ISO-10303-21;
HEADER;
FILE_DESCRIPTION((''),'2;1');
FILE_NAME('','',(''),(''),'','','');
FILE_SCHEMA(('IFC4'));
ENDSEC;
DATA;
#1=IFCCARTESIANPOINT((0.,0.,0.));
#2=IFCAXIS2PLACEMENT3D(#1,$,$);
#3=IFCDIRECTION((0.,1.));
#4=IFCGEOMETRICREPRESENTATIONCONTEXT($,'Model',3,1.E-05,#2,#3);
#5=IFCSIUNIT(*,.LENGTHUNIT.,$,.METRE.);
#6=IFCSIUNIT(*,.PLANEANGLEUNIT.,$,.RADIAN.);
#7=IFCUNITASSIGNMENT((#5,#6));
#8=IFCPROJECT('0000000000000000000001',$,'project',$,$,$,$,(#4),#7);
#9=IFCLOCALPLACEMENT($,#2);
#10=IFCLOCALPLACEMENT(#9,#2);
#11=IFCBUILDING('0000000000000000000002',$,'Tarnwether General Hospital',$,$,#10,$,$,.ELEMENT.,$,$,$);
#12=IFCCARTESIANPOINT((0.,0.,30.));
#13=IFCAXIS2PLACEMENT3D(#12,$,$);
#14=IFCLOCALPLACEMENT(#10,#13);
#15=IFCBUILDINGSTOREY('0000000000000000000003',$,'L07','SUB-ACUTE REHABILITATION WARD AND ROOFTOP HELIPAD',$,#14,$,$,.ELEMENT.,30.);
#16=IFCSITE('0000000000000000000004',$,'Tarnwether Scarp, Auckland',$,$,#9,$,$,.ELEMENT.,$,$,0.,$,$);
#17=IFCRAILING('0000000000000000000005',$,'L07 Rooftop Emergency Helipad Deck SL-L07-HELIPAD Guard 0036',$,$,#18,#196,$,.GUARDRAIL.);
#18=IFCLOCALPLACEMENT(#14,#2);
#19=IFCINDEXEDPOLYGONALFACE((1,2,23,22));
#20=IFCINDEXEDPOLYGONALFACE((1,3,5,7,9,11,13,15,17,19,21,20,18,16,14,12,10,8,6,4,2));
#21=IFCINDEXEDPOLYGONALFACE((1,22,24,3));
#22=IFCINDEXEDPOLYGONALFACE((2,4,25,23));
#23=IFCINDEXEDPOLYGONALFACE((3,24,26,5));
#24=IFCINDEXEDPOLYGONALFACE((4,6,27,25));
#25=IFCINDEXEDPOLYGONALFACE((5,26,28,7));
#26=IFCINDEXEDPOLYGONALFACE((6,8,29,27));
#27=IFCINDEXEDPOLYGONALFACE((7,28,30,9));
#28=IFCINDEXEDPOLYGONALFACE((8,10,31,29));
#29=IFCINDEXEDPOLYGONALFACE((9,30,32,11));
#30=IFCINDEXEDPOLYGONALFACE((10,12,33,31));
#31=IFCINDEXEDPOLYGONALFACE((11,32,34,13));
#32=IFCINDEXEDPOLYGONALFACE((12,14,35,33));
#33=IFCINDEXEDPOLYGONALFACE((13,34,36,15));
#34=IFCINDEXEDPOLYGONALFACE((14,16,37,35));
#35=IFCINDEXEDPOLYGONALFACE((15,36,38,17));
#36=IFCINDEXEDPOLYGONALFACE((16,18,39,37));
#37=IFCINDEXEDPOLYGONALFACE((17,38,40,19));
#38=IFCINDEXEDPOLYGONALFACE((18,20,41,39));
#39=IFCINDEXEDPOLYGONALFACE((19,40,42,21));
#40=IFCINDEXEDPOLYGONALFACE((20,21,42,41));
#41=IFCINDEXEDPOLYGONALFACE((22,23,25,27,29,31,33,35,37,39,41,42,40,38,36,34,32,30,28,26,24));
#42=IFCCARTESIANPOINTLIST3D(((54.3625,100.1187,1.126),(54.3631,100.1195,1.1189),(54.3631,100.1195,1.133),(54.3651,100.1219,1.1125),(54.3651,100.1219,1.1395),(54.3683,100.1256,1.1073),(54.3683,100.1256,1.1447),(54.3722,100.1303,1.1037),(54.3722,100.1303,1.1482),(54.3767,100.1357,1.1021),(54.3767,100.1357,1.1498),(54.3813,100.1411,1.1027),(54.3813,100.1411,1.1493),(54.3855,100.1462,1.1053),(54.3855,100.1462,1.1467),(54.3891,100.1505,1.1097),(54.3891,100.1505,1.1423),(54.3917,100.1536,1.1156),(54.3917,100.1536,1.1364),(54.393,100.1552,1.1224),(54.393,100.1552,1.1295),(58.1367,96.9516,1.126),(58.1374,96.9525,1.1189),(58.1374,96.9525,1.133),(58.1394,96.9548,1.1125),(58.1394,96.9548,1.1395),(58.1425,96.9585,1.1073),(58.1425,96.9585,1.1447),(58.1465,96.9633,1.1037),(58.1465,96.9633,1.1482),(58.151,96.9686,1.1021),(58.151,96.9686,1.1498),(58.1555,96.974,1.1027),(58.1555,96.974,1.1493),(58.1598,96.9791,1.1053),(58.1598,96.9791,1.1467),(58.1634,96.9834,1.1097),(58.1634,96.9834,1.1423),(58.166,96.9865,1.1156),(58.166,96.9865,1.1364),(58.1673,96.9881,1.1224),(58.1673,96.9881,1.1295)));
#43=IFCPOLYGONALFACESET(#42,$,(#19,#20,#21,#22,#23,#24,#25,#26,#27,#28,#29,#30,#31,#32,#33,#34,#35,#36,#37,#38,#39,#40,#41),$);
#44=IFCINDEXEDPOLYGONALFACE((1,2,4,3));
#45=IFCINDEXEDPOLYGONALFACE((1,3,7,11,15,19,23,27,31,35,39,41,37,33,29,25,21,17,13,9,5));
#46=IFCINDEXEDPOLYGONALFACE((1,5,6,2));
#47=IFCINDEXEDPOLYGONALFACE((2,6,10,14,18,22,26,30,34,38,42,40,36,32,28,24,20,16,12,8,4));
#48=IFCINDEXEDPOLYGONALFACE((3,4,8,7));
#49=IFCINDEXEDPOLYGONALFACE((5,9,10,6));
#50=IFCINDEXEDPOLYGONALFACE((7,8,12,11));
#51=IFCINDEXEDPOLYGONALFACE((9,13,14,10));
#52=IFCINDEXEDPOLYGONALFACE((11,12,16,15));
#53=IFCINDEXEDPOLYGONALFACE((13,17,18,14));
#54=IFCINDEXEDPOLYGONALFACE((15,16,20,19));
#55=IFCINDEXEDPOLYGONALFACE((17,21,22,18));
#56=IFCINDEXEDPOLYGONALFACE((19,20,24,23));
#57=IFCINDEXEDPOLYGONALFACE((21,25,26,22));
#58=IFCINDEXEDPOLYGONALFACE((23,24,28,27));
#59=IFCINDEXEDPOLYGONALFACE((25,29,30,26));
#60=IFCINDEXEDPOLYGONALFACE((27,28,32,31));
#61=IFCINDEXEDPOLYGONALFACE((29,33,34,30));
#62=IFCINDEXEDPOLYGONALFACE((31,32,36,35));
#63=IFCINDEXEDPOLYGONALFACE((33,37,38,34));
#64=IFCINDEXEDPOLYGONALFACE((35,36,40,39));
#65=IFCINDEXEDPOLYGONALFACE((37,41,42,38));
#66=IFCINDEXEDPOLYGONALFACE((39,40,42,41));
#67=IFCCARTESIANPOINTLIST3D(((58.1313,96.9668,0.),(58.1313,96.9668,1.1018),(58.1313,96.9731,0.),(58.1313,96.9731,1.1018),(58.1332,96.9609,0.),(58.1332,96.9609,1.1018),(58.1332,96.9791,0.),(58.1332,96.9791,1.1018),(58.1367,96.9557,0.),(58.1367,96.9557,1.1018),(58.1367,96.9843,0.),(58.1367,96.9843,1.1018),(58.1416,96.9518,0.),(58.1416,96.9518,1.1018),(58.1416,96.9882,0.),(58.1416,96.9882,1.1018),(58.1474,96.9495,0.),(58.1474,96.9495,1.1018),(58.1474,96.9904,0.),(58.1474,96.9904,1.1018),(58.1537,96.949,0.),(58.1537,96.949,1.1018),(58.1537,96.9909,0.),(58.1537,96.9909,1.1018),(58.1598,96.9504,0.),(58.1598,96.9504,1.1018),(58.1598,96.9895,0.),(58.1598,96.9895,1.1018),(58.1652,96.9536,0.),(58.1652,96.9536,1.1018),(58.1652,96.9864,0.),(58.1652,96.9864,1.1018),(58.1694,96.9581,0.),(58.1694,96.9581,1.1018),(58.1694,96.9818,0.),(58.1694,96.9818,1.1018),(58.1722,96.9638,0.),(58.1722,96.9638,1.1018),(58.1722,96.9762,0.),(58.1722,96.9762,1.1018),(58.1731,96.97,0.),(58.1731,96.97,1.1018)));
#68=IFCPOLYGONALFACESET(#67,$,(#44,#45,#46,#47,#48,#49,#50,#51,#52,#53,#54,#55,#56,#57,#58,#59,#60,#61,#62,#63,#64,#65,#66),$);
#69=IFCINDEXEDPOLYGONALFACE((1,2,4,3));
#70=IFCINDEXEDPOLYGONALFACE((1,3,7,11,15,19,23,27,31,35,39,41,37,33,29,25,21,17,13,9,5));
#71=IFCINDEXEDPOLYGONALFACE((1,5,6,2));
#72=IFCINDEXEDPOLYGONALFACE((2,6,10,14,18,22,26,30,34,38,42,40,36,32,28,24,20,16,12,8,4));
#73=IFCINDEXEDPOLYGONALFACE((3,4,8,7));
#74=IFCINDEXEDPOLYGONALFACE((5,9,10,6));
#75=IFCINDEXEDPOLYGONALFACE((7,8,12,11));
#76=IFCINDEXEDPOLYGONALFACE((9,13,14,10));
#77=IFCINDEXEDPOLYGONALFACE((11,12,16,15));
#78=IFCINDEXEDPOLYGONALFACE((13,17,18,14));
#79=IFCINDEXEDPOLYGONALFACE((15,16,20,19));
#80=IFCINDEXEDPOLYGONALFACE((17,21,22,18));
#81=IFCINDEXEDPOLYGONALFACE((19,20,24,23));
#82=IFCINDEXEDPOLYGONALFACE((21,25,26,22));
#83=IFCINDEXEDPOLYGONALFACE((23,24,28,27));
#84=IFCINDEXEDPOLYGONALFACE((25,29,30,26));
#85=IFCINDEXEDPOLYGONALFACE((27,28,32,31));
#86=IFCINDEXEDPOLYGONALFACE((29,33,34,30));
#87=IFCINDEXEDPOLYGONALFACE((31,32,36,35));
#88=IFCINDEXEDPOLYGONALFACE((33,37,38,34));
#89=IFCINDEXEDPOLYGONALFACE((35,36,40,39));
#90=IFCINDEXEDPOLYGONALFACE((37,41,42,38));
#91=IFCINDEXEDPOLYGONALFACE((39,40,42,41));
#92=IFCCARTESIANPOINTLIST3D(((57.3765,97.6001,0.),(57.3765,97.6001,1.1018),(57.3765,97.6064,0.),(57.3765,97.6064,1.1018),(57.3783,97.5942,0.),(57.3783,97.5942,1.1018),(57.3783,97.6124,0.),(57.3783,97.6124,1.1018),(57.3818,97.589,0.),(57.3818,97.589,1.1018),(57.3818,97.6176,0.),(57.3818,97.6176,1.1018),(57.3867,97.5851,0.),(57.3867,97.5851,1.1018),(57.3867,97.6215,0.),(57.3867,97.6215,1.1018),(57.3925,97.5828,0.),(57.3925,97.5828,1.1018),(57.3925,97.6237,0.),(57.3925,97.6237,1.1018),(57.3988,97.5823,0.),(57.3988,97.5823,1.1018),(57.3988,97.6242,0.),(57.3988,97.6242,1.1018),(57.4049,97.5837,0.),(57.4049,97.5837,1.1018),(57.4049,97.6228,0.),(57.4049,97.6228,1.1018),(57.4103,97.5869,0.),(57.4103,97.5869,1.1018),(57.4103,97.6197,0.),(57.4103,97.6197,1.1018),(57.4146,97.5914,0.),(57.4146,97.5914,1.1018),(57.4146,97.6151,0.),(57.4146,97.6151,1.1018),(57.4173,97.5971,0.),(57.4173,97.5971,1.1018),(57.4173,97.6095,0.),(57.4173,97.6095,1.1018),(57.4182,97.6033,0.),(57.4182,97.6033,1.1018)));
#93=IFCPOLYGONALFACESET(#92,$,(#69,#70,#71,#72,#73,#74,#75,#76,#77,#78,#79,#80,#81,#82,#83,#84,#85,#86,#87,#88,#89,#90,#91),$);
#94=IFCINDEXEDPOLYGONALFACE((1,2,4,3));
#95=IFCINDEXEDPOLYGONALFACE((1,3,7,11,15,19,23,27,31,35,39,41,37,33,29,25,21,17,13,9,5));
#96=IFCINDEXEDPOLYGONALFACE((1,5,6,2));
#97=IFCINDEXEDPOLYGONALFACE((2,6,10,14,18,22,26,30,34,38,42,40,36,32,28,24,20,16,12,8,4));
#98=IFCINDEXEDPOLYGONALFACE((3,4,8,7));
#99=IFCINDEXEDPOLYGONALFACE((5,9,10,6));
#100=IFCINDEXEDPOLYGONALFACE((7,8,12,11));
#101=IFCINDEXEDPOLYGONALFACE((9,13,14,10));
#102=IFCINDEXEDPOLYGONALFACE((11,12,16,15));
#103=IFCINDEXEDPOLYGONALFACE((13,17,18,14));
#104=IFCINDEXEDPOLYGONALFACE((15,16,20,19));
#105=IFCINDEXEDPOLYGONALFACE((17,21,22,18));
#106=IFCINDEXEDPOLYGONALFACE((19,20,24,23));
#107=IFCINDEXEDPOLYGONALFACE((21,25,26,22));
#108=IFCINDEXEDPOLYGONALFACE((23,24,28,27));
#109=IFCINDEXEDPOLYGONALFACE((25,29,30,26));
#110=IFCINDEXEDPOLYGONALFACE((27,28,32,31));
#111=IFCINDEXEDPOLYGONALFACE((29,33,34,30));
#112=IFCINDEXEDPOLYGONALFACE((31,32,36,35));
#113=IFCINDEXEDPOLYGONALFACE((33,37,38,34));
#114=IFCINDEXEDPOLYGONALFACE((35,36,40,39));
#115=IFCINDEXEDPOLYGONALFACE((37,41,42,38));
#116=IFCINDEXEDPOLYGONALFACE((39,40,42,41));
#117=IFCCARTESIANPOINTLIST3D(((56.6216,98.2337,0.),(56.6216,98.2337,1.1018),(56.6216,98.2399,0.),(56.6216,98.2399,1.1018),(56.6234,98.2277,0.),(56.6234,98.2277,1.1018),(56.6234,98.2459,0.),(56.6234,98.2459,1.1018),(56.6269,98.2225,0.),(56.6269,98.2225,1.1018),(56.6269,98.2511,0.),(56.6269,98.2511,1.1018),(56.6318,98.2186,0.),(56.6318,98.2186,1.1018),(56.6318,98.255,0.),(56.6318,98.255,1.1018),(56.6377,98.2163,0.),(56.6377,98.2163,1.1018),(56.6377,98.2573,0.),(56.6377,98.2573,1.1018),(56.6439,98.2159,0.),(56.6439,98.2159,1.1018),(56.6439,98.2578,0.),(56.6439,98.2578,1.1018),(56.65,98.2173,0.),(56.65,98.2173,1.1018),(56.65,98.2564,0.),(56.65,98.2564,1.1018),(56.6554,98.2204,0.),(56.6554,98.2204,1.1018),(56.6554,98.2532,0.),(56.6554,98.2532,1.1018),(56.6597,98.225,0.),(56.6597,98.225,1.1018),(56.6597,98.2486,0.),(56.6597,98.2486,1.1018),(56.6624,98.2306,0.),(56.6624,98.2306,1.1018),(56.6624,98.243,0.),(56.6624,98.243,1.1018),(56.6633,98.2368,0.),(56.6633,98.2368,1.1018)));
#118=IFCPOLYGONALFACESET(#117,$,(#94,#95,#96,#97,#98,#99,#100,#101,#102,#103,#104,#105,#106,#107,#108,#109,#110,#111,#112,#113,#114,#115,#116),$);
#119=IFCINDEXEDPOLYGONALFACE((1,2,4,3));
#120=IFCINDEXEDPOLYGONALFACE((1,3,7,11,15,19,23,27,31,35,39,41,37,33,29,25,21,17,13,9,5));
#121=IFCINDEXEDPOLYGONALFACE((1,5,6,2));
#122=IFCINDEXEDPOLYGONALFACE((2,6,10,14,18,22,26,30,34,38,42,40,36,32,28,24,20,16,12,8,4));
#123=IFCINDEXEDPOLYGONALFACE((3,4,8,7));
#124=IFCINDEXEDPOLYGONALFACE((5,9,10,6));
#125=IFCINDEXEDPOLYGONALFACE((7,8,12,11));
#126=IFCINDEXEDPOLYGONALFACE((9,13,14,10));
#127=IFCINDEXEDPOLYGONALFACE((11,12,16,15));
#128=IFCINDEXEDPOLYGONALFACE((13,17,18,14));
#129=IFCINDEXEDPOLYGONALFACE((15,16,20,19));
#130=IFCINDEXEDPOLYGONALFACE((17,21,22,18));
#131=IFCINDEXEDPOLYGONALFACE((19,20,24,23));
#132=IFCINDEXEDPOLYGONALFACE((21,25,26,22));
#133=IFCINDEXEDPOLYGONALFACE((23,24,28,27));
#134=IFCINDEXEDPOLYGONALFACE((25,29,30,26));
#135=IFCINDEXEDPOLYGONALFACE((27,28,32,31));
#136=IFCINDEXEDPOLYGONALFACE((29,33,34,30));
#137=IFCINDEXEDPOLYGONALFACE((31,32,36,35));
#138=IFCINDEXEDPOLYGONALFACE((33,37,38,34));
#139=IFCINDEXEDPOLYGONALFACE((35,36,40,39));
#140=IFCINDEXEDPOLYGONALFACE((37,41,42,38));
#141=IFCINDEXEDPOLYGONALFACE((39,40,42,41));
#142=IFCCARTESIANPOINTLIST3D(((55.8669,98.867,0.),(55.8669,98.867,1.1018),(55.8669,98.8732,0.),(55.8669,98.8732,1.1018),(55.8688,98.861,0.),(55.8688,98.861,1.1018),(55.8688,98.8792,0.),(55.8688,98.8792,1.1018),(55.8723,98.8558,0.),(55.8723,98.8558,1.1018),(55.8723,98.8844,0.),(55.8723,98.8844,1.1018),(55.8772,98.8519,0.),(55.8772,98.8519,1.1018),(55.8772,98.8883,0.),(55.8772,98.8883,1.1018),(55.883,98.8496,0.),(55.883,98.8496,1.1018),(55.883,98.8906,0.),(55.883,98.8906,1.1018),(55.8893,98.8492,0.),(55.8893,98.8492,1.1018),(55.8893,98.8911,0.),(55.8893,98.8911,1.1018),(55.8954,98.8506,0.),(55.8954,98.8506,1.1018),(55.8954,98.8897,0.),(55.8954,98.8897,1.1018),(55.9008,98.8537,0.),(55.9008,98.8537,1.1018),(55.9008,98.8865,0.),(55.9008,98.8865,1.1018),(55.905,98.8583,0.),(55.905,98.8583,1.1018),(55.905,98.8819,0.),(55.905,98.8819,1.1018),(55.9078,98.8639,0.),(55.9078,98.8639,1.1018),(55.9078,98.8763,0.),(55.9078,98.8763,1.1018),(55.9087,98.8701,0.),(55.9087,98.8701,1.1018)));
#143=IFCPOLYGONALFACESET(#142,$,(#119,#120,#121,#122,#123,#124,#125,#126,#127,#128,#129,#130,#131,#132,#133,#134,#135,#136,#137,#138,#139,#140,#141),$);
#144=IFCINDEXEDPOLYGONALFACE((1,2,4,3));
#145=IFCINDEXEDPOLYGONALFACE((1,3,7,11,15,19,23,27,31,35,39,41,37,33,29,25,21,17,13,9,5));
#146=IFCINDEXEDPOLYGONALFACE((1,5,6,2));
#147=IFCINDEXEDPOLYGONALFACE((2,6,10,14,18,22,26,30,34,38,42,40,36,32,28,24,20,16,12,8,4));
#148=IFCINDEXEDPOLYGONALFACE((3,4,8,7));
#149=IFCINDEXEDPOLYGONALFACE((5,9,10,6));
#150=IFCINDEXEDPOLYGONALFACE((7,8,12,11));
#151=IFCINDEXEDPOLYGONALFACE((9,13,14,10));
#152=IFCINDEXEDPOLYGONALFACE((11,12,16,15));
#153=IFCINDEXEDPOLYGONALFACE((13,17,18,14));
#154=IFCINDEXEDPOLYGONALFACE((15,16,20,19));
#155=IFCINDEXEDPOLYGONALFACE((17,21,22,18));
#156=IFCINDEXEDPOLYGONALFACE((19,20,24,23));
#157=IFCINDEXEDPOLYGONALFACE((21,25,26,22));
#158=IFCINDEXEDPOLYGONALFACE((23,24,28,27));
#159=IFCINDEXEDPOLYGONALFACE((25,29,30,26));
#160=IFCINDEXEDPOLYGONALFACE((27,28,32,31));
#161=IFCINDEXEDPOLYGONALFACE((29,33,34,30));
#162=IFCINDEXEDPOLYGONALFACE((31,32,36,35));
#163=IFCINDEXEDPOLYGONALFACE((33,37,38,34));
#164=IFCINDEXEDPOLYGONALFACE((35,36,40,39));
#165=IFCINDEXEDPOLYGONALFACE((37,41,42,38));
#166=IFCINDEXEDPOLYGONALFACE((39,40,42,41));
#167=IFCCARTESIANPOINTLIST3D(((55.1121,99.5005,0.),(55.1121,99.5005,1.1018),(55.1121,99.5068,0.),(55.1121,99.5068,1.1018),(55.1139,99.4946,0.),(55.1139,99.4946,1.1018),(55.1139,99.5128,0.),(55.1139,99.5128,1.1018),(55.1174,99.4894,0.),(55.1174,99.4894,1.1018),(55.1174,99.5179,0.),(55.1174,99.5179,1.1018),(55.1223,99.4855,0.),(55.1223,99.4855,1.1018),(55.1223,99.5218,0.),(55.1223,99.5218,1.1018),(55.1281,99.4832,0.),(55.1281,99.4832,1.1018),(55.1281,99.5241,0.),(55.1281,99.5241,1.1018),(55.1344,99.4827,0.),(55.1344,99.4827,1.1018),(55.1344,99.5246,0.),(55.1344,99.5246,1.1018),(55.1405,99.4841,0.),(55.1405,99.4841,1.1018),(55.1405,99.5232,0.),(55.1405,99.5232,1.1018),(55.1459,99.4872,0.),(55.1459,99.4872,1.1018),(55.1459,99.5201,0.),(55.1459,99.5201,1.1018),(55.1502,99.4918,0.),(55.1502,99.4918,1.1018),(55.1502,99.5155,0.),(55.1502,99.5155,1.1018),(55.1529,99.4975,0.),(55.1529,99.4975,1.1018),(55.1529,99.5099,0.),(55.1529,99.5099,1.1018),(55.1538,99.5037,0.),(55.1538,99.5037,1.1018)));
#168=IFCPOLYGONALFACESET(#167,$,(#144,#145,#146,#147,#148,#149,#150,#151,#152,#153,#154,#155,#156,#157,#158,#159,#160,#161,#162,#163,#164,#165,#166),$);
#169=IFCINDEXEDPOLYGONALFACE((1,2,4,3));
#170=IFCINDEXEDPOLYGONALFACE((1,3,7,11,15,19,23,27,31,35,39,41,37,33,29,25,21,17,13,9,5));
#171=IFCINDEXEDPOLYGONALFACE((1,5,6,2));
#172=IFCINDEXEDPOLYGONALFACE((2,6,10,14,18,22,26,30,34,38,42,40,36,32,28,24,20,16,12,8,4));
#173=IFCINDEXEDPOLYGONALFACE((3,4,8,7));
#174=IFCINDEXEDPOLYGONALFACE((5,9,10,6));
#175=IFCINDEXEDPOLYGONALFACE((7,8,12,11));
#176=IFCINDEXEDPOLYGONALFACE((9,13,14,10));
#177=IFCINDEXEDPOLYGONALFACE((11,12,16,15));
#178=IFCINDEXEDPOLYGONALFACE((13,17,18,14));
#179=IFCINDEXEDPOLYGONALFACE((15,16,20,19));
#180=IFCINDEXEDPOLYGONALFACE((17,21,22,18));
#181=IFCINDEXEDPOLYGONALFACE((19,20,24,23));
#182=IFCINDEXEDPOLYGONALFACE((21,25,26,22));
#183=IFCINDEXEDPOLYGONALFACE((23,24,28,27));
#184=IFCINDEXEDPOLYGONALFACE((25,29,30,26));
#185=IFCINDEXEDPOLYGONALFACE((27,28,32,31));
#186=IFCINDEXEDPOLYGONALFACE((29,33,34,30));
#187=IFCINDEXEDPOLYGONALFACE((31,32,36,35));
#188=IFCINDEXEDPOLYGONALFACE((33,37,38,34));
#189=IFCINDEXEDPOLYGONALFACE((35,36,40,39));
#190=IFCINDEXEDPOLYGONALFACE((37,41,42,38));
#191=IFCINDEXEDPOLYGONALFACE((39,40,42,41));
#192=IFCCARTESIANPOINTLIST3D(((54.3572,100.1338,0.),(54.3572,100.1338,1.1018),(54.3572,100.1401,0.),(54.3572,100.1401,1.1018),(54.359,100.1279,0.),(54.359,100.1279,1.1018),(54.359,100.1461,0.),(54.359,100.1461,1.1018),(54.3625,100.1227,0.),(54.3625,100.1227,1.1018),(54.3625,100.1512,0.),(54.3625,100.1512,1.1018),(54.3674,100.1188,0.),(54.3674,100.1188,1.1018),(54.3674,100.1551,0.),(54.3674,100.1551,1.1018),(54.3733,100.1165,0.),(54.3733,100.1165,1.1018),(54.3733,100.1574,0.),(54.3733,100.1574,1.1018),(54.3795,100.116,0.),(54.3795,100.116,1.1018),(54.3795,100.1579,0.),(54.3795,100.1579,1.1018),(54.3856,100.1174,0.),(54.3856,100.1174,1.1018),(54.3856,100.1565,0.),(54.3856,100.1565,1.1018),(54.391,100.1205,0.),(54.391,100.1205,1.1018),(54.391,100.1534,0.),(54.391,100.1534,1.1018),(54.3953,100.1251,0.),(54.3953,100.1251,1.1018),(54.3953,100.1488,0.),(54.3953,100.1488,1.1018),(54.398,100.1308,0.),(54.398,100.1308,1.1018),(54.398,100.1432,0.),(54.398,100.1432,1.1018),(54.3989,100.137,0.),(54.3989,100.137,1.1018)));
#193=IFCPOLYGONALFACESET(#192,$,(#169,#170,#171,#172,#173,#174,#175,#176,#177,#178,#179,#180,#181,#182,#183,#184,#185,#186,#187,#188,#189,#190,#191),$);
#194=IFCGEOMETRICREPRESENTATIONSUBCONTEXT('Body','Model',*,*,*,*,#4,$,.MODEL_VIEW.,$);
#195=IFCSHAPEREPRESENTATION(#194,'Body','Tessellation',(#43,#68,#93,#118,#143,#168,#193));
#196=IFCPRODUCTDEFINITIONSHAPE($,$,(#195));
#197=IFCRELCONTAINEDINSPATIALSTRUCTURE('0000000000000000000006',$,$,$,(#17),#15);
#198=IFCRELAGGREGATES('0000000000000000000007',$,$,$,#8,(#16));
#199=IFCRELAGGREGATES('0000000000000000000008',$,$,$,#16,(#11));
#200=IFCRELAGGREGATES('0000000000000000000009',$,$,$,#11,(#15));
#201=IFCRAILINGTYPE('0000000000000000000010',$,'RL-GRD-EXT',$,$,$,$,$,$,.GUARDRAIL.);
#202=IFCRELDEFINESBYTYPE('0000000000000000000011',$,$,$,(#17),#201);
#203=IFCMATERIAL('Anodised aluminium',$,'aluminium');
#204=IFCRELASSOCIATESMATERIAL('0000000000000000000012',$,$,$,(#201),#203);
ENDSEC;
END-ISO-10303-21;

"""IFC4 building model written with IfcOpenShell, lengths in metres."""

from ifc_helpers import new_model, si_unit, direction, frame, origin, origin_2d, place, context, subcontext, project, spatial, circle, extrude, material, type_object, element, save


model = new_model("IFC4")

# Units and contexts
model_context = context("Model", 3, precision=1e-05, world=origin(), true_north=direction((0.0, 1.0)))
body_context = subcontext(model_context, "Body", "Model", "MODEL_VIEW")
ifc_project = project(units=[si_unit("LENGTHUNIT", "METRE"), si_unit("PLANEANGLEUNIT", "RADIAN")], contexts=[model_context])

# Site, building, storey
site_placement = place(None, origin())
site = spatial("IfcSite", under=ifc_project, at=site_placement, Name="Tarnwether Scarp, Auckland", CompositionType="ELEMENT", RefElevation=0.0)
building_placement = place(site_placement, origin())
building = spatial("IfcBuilding", under=site, at=building_placement, Name="Tarnwether General Hospital", CompositionType="ELEMENT")
storey_placement = place(building_placement, frame((0.0, 0.0, 30.0)))
storey = spatial("IfcBuildingStorey", under=building, at=storey_placement, Name="L07", Description="SUB-ACUTE REHABILITATION WARD AND ROOFTOP HELIPAD", CompositionType="ELEMENT", Elevation=30.0)

# Railing
ifc_material_1 = material(Name="Anodised aluminium", Category="aluminium")
railing_type = type_object("IfcRailingType", Name="RL-GRD-EXT", PredefinedType="GUARDRAIL", material=ifc_material_1)
railing_1_placement = place(storey_placement, frame((58.1521, 96.97, 0.0)))
element("IfcRailing", 1, at=railing_1_placement, inside=storey, type_object=railing_type, Name="L07 Rooftop Emergency Helipad Deck SL-L07-HELIPAD Guard 0036", PredefinedType="GUARDRAIL", context=body_context, shape_type="SweptSolid", body=[
    extrude(circle(Radius=0.0239, at=origin_2d()), frame((0.0, 0.0, 1.126), z_axis=(-0.766036, 0.642798, 0.0), x_axis=(-0.642798, -0.766036, 0.0)), (0.0, 0.0, 1.0), 4.927),
    extrude(circle(Radius=0.021, at=origin_2d()), origin(), (0.0, 0.0, 1.0), 1.1018),
    extrude(circle(Radius=0.021, at=origin_2d()), frame((-0.7549, 0.6333, 0.0)), (0.0, 0.0, 1.0), 1.1018),
    extrude(circle(Radius=0.021, at=origin_2d()), frame((-1.5098, 1.2668, 0.0)), (0.0, 0.0, 1.0), 1.1018),
    extrude(circle(Radius=0.021, at=origin_2d()), frame((-2.2644, 1.9001, 0.0)), (0.0, 0.0, 1.0), 1.1018),
    extrude(circle(Radius=0.021, at=origin_2d()), frame((-3.0193, 2.5337, 0.0)), (0.0, 0.0, 1.0), 1.1018),
    extrude(circle(Radius=0.021, at=origin_2d()), frame((-3.7742, 3.167, 0.0)), (0.0, 0.0, 1.0), 1.1018),
])

save(model, "model.ifc")
